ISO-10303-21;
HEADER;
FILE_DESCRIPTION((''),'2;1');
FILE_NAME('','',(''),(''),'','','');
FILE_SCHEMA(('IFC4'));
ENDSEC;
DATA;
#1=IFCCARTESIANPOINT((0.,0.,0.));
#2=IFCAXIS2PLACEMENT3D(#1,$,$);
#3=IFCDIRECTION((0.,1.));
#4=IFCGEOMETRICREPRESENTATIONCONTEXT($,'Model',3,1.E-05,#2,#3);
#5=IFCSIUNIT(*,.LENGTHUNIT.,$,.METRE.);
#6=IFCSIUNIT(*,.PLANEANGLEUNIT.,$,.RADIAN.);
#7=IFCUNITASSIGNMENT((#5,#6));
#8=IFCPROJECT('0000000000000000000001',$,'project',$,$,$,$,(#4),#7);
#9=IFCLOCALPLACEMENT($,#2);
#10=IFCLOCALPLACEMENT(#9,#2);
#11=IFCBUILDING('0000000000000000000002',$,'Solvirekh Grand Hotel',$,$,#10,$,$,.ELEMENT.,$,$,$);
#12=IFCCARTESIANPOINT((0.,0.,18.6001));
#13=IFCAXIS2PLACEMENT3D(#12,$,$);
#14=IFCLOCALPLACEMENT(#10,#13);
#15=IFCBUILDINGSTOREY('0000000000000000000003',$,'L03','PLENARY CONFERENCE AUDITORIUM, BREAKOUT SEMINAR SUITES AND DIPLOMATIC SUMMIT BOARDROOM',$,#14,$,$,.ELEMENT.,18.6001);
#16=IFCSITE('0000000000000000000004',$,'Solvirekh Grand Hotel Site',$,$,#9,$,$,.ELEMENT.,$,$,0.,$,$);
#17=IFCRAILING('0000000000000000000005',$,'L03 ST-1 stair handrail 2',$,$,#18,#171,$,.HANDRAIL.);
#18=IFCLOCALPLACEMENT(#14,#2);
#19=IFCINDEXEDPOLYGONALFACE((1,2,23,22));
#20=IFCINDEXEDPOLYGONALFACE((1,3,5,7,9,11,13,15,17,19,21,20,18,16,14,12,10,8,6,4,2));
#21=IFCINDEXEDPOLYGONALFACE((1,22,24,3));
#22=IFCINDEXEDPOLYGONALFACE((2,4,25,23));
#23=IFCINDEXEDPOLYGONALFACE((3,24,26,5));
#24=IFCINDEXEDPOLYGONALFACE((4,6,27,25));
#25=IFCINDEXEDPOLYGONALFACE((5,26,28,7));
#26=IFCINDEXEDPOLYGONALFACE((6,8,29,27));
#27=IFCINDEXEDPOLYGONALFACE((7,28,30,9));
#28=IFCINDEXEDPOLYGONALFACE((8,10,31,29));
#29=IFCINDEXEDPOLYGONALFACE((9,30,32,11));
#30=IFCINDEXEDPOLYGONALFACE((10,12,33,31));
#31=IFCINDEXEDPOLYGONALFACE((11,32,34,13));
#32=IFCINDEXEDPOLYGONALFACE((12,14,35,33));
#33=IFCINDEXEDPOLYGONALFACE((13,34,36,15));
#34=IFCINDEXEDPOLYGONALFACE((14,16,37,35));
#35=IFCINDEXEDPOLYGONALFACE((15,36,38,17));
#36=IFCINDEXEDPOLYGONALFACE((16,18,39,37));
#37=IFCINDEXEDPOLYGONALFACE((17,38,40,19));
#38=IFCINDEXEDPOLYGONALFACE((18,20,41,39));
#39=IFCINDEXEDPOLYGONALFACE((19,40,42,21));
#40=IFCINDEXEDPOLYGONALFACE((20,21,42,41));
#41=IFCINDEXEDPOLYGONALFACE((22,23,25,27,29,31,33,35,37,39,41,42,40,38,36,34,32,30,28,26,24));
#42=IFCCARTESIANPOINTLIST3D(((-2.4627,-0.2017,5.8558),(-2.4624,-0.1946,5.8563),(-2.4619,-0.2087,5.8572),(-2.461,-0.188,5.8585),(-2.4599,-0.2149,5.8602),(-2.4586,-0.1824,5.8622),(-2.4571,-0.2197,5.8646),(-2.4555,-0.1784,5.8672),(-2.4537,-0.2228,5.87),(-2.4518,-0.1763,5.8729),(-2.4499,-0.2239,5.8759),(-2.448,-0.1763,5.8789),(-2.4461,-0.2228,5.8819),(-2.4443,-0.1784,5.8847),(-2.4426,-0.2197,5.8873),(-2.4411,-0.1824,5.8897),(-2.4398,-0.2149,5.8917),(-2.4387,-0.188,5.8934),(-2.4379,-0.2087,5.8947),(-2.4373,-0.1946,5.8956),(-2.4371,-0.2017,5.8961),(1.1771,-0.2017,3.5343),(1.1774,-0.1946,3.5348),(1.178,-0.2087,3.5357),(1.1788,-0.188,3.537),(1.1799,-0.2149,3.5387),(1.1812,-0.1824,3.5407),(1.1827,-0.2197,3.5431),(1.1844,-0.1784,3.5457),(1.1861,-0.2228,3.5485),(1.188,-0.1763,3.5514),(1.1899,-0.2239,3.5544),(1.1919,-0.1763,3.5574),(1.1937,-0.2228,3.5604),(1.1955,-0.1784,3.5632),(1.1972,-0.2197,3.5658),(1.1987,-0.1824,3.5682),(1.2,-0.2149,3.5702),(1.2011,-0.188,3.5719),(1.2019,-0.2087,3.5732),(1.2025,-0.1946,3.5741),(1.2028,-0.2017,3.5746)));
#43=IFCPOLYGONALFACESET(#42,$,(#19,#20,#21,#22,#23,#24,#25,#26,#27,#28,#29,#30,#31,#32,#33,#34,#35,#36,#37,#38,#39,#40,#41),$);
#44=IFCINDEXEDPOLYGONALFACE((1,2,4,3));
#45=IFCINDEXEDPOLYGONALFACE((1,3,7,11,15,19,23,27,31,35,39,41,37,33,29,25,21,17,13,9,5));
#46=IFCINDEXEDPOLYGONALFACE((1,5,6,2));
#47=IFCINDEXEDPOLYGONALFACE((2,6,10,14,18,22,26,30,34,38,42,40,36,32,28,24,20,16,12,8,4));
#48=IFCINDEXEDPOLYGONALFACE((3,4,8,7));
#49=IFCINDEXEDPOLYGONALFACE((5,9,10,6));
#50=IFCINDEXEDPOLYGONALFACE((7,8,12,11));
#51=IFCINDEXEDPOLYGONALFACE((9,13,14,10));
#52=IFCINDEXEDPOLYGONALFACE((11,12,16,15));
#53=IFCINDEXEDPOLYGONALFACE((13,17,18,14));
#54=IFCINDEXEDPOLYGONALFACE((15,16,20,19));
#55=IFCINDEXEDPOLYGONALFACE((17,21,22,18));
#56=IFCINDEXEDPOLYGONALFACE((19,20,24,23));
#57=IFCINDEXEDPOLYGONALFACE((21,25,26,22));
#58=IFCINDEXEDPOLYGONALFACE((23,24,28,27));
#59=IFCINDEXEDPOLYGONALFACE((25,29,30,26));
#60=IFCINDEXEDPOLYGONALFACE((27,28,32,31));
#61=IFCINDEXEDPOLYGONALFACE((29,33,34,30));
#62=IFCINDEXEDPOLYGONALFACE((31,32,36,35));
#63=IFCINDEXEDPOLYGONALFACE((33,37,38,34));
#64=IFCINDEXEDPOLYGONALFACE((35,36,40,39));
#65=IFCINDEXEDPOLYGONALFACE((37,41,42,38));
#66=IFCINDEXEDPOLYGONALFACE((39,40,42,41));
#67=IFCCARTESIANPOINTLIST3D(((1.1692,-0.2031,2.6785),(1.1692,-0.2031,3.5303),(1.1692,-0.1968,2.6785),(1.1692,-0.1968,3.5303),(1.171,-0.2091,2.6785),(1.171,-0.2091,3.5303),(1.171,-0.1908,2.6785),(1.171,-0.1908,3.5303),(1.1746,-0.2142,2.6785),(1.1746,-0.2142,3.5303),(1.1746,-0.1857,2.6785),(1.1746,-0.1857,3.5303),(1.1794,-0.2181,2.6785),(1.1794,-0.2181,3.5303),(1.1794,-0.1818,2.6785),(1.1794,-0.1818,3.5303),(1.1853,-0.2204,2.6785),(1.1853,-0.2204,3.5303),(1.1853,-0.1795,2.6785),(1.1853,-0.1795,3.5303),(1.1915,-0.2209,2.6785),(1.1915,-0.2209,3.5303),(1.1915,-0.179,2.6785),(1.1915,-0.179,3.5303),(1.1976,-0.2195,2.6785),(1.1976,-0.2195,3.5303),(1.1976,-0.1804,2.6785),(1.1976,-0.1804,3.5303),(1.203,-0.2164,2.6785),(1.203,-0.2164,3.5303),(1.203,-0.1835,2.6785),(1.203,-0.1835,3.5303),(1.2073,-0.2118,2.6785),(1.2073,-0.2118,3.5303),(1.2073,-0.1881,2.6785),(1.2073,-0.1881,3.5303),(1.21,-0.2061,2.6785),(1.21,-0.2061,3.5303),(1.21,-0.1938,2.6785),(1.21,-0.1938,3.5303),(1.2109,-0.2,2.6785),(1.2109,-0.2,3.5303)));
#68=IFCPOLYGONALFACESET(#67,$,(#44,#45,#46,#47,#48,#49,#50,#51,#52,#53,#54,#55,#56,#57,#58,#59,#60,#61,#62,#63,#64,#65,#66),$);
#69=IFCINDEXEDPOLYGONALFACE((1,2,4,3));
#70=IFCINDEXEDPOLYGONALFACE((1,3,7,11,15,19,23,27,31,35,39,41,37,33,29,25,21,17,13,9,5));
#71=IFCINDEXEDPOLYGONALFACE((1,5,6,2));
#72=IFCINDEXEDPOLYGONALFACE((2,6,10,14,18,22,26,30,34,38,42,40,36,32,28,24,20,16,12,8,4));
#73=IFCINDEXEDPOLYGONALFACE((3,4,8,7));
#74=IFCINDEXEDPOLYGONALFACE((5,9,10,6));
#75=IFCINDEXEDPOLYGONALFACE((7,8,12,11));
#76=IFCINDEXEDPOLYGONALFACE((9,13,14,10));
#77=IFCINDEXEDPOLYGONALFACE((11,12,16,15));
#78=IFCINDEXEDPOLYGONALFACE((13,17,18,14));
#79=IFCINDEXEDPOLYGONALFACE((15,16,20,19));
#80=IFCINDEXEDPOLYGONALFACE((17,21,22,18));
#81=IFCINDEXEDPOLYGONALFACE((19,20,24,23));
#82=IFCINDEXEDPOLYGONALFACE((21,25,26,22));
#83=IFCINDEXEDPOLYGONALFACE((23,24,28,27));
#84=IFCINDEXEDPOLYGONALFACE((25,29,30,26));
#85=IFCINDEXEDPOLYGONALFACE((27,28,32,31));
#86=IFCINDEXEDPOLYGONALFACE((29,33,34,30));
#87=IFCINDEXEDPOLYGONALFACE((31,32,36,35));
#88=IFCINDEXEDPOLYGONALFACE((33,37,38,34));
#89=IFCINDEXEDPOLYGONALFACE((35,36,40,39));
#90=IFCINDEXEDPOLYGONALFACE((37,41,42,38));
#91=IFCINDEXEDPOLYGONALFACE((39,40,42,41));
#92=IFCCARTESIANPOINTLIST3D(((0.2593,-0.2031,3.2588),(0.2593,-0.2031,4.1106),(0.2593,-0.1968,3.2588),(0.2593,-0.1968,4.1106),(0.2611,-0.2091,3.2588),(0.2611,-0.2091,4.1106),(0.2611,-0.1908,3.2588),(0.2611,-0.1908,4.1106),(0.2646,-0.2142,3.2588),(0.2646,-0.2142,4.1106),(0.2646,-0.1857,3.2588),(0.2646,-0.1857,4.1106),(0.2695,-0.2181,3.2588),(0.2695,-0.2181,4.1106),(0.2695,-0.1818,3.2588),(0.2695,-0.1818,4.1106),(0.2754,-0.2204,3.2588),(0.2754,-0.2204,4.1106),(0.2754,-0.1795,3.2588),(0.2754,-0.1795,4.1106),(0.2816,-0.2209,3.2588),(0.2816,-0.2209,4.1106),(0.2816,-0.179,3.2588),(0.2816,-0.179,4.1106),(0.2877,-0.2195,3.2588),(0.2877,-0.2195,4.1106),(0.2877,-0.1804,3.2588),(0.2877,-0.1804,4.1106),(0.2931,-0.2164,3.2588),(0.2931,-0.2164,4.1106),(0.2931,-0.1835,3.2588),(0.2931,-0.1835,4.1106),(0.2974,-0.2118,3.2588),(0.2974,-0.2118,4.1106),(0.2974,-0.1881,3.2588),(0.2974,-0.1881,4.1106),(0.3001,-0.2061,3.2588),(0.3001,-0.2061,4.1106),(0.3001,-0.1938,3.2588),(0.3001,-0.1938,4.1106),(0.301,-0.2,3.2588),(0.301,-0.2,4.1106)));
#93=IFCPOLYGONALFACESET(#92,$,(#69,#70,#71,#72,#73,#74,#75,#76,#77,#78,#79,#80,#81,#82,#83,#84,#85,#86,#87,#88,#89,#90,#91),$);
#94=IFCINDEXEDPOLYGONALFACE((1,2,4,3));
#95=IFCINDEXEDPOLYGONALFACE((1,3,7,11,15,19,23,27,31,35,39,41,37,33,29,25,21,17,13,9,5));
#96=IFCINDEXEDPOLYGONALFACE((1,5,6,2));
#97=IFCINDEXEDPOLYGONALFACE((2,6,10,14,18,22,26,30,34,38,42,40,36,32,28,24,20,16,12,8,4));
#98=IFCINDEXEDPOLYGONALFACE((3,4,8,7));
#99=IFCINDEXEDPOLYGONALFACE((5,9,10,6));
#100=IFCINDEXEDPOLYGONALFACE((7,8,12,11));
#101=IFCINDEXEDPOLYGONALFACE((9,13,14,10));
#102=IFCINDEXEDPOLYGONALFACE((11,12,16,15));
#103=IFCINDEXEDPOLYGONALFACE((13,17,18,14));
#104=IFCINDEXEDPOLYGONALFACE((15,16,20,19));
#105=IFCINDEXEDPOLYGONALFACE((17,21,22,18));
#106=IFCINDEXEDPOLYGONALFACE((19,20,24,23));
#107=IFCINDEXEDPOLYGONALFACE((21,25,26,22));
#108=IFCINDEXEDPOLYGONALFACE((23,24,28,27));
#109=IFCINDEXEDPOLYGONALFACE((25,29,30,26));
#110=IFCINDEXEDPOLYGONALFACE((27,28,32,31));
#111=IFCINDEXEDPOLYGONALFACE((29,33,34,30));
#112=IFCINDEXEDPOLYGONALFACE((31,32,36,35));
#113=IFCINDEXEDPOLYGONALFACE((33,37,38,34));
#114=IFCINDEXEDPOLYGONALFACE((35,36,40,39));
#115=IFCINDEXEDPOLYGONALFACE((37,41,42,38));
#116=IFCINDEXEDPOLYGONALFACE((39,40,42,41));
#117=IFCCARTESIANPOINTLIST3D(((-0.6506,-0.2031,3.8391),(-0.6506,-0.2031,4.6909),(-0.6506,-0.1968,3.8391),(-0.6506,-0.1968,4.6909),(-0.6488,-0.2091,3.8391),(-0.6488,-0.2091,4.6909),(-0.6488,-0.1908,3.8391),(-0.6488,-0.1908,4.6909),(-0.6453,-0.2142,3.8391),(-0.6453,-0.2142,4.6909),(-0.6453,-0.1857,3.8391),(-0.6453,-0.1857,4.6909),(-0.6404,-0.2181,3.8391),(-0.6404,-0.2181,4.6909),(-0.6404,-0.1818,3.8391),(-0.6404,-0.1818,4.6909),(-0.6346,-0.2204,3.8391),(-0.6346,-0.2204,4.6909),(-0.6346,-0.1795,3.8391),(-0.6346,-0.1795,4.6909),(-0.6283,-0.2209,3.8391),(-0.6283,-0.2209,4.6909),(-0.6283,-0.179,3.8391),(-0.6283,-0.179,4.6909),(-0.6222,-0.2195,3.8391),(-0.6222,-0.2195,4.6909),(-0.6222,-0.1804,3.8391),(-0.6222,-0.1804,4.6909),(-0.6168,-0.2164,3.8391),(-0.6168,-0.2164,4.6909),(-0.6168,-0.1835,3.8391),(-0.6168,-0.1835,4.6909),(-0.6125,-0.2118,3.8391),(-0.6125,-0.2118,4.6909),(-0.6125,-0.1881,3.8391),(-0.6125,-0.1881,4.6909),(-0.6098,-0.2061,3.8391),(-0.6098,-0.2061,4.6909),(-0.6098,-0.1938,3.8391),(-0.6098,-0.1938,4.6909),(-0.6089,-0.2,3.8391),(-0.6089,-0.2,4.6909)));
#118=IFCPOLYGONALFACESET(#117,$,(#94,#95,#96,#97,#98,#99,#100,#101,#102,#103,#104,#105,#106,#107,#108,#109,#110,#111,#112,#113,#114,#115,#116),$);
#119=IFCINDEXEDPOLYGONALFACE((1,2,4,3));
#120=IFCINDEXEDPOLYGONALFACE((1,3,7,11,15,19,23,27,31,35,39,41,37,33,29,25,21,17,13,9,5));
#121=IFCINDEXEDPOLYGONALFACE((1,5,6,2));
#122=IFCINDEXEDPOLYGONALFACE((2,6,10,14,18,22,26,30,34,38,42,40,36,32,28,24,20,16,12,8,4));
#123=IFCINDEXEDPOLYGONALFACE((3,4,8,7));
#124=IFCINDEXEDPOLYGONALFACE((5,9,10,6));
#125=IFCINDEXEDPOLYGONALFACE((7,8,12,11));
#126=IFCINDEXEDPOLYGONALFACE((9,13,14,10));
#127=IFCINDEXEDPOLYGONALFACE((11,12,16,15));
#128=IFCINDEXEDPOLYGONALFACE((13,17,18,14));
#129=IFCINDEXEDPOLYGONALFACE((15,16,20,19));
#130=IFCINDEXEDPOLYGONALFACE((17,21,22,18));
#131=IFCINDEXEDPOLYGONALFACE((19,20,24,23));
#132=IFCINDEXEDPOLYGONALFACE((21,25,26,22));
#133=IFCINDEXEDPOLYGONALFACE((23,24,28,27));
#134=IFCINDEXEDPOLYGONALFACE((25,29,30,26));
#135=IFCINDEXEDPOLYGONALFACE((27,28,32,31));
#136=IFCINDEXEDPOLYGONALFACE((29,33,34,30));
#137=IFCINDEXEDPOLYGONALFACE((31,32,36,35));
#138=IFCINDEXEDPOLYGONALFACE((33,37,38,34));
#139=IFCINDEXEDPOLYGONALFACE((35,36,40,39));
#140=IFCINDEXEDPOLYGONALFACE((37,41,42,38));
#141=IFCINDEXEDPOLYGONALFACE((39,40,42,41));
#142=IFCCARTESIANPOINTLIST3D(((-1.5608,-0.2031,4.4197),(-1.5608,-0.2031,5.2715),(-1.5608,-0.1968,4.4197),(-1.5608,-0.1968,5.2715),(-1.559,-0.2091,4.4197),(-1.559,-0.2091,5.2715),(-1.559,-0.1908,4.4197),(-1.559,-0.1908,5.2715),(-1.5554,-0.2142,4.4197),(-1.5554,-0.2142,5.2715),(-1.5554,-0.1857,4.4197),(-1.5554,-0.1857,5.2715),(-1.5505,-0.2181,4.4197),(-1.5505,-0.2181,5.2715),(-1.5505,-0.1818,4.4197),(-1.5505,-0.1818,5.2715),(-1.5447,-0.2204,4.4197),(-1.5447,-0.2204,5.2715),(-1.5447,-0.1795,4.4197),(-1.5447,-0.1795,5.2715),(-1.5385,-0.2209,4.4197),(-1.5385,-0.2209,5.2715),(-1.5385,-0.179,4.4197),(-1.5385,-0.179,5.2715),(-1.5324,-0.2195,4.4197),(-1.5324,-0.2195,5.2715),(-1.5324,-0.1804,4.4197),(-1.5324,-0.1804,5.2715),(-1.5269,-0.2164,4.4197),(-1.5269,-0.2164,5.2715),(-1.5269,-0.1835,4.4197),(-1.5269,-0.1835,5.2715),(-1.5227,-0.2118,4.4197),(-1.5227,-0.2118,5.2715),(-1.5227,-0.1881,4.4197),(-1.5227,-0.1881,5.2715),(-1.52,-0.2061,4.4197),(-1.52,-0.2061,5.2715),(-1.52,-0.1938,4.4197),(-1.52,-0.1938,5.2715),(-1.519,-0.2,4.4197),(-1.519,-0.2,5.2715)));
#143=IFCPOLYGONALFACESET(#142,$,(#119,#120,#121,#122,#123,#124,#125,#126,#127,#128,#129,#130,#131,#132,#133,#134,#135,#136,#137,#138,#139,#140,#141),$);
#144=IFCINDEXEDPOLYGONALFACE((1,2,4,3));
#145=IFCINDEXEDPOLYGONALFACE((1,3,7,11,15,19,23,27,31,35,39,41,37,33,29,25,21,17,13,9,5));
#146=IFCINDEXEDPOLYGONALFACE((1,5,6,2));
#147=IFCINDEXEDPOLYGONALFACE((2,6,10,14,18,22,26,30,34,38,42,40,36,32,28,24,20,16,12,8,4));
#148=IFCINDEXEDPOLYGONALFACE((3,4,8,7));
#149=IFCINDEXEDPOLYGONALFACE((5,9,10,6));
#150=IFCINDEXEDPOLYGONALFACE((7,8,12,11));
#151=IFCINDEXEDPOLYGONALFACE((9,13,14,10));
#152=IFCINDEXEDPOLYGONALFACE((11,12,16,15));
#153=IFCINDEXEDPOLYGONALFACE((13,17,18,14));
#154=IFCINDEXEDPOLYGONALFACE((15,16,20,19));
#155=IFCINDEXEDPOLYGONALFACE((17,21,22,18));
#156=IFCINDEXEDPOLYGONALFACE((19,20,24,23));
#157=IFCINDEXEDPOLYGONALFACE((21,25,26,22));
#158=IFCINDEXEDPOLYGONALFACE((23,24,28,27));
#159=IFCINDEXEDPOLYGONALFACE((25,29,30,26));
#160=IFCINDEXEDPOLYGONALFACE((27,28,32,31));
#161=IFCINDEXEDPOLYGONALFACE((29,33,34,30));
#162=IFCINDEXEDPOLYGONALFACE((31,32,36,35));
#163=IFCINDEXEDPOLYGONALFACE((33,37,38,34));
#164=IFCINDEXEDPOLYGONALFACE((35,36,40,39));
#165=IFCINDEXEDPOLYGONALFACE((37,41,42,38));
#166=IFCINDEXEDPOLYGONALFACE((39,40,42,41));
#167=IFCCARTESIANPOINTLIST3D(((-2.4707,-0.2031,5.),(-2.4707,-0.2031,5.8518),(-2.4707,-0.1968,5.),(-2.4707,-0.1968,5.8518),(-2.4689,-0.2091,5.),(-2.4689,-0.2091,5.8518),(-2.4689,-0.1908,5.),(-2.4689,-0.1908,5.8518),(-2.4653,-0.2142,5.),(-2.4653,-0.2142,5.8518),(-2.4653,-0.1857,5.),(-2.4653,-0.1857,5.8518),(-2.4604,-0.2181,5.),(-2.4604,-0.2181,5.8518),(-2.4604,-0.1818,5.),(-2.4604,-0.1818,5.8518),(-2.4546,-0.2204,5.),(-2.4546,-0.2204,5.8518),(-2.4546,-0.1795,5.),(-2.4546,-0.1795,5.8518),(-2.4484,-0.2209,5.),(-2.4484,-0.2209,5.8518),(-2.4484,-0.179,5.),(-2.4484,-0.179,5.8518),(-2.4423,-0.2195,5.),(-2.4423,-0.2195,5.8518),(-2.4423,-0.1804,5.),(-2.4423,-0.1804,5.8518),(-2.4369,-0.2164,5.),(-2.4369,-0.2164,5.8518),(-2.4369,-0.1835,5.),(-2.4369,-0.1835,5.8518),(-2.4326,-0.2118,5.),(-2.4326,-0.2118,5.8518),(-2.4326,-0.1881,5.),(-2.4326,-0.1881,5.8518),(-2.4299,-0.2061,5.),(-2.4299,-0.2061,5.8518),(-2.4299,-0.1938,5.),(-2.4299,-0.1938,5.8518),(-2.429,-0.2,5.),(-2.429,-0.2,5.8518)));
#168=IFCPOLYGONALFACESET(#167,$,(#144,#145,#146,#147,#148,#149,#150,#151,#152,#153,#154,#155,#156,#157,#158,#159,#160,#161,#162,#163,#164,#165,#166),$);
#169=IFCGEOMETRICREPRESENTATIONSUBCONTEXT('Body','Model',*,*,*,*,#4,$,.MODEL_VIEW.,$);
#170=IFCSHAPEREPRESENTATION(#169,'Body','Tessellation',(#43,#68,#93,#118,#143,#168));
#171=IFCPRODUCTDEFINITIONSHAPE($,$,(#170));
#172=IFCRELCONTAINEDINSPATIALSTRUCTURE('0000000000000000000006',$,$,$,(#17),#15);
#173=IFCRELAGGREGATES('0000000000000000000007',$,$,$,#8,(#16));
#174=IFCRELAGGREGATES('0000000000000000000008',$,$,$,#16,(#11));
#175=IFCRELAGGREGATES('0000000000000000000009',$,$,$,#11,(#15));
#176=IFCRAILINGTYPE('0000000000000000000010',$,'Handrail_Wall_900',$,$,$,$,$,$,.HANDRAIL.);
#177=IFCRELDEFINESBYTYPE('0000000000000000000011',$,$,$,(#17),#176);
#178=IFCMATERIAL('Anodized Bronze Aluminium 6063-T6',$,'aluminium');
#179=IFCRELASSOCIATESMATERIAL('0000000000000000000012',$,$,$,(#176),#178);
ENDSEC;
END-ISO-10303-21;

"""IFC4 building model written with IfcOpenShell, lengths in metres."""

from ifc_helpers import new_model, si_unit, direction, frame, origin, origin_2d, place, context, subcontext, project, spatial, circle, extrude, material, type_object, element, save


model = new_model("IFC4")

# Units and contexts
model_context = context("Model", 3, precision=1e-05, world=origin(), true_north=direction((0.0, 1.0)))
body_context = subcontext(model_context, "Body", "Model", "MODEL_VIEW")
ifc_project = project(units=[si_unit("LENGTHUNIT", "METRE"), si_unit("PLANEANGLEUNIT", "RADIAN")], contexts=[model_context])

# Site, building, storey
site_placement = place(None, origin())
site = spatial("IfcSite", under=ifc_project, at=site_placement, Name="Solvirekh Grand Hotel Site", CompositionType="ELEMENT", RefElevation=0.0)
building_placement = place(site_placement, origin())
building = spatial("IfcBuilding", under=site, at=building_placement, Name="Solvirekh Grand Hotel", CompositionType="ELEMENT")
storey_placement = place(building_placement, frame((0.0, 0.0, 18.6001)))
storey = spatial("IfcBuildingStorey", under=building, at=storey_placement, Name="L03", Description="PLENARY CONFERENCE AUDITORIUM, BREAKOUT SEMINAR SUITES AND DIPLOMATIC SUMMIT BOARDROOM", CompositionType="ELEMENT", Elevation=18.6001)

# Railing
ifc_material_1 = material(Name="Anodized Bronze Aluminium 6063-T6", Category="aluminium")
railing_type_1 = type_object("IfcRailingType", Name="Handrail_Wall_900", PredefinedType="HANDRAIL", material=ifc_material_1)
railing_1_placement = place(storey_placement, frame((1.1899, -0.2, 2.6785)))
element("IfcRailing", 1, at=railing_1_placement, inside=storey, type_object=railing_type_1, Name="L03 ST-1 stair handrail 2", PredefinedType="HANDRAIL", context=body_context, shape_type="SweptSolid", body=[
    extrude(circle(Radius=0.0239, at=origin_2d()), frame((0.0, 0.0, 0.876), z_axis=(-0.843112, 0.0, 0.537739), x_axis=(0.0, -1.0, 0.0)), (0.0, 0.0, 1.0), 4.3171),
    extrude(circle(Radius=0.021, at=origin_2d()), origin(), (0.0, 0.0, 1.0), 0.8518),
    extrude(circle(Radius=0.021, at=origin_2d()), frame((-0.9099, 0.0, 0.5803)), (0.0, 0.0, 1.0), 0.8518),
    extrude(circle(Radius=0.021, at=origin_2d()), frame((-1.8198, 0.0, 1.1606)), (0.0, 0.0, 1.0), 0.8518),
    extrude(circle(Radius=0.021, at=origin_2d()), frame((-2.73, 0.0, 1.7412)), (0.0, 0.0, 1.0), 0.8518),
    extrude(circle(Radius=0.021, at=origin_2d()), frame((-3.6399, 0.0, 2.3215)), (0.0, 0.0, 1.0), 0.8518),
])

save(model, "model.ifc")
